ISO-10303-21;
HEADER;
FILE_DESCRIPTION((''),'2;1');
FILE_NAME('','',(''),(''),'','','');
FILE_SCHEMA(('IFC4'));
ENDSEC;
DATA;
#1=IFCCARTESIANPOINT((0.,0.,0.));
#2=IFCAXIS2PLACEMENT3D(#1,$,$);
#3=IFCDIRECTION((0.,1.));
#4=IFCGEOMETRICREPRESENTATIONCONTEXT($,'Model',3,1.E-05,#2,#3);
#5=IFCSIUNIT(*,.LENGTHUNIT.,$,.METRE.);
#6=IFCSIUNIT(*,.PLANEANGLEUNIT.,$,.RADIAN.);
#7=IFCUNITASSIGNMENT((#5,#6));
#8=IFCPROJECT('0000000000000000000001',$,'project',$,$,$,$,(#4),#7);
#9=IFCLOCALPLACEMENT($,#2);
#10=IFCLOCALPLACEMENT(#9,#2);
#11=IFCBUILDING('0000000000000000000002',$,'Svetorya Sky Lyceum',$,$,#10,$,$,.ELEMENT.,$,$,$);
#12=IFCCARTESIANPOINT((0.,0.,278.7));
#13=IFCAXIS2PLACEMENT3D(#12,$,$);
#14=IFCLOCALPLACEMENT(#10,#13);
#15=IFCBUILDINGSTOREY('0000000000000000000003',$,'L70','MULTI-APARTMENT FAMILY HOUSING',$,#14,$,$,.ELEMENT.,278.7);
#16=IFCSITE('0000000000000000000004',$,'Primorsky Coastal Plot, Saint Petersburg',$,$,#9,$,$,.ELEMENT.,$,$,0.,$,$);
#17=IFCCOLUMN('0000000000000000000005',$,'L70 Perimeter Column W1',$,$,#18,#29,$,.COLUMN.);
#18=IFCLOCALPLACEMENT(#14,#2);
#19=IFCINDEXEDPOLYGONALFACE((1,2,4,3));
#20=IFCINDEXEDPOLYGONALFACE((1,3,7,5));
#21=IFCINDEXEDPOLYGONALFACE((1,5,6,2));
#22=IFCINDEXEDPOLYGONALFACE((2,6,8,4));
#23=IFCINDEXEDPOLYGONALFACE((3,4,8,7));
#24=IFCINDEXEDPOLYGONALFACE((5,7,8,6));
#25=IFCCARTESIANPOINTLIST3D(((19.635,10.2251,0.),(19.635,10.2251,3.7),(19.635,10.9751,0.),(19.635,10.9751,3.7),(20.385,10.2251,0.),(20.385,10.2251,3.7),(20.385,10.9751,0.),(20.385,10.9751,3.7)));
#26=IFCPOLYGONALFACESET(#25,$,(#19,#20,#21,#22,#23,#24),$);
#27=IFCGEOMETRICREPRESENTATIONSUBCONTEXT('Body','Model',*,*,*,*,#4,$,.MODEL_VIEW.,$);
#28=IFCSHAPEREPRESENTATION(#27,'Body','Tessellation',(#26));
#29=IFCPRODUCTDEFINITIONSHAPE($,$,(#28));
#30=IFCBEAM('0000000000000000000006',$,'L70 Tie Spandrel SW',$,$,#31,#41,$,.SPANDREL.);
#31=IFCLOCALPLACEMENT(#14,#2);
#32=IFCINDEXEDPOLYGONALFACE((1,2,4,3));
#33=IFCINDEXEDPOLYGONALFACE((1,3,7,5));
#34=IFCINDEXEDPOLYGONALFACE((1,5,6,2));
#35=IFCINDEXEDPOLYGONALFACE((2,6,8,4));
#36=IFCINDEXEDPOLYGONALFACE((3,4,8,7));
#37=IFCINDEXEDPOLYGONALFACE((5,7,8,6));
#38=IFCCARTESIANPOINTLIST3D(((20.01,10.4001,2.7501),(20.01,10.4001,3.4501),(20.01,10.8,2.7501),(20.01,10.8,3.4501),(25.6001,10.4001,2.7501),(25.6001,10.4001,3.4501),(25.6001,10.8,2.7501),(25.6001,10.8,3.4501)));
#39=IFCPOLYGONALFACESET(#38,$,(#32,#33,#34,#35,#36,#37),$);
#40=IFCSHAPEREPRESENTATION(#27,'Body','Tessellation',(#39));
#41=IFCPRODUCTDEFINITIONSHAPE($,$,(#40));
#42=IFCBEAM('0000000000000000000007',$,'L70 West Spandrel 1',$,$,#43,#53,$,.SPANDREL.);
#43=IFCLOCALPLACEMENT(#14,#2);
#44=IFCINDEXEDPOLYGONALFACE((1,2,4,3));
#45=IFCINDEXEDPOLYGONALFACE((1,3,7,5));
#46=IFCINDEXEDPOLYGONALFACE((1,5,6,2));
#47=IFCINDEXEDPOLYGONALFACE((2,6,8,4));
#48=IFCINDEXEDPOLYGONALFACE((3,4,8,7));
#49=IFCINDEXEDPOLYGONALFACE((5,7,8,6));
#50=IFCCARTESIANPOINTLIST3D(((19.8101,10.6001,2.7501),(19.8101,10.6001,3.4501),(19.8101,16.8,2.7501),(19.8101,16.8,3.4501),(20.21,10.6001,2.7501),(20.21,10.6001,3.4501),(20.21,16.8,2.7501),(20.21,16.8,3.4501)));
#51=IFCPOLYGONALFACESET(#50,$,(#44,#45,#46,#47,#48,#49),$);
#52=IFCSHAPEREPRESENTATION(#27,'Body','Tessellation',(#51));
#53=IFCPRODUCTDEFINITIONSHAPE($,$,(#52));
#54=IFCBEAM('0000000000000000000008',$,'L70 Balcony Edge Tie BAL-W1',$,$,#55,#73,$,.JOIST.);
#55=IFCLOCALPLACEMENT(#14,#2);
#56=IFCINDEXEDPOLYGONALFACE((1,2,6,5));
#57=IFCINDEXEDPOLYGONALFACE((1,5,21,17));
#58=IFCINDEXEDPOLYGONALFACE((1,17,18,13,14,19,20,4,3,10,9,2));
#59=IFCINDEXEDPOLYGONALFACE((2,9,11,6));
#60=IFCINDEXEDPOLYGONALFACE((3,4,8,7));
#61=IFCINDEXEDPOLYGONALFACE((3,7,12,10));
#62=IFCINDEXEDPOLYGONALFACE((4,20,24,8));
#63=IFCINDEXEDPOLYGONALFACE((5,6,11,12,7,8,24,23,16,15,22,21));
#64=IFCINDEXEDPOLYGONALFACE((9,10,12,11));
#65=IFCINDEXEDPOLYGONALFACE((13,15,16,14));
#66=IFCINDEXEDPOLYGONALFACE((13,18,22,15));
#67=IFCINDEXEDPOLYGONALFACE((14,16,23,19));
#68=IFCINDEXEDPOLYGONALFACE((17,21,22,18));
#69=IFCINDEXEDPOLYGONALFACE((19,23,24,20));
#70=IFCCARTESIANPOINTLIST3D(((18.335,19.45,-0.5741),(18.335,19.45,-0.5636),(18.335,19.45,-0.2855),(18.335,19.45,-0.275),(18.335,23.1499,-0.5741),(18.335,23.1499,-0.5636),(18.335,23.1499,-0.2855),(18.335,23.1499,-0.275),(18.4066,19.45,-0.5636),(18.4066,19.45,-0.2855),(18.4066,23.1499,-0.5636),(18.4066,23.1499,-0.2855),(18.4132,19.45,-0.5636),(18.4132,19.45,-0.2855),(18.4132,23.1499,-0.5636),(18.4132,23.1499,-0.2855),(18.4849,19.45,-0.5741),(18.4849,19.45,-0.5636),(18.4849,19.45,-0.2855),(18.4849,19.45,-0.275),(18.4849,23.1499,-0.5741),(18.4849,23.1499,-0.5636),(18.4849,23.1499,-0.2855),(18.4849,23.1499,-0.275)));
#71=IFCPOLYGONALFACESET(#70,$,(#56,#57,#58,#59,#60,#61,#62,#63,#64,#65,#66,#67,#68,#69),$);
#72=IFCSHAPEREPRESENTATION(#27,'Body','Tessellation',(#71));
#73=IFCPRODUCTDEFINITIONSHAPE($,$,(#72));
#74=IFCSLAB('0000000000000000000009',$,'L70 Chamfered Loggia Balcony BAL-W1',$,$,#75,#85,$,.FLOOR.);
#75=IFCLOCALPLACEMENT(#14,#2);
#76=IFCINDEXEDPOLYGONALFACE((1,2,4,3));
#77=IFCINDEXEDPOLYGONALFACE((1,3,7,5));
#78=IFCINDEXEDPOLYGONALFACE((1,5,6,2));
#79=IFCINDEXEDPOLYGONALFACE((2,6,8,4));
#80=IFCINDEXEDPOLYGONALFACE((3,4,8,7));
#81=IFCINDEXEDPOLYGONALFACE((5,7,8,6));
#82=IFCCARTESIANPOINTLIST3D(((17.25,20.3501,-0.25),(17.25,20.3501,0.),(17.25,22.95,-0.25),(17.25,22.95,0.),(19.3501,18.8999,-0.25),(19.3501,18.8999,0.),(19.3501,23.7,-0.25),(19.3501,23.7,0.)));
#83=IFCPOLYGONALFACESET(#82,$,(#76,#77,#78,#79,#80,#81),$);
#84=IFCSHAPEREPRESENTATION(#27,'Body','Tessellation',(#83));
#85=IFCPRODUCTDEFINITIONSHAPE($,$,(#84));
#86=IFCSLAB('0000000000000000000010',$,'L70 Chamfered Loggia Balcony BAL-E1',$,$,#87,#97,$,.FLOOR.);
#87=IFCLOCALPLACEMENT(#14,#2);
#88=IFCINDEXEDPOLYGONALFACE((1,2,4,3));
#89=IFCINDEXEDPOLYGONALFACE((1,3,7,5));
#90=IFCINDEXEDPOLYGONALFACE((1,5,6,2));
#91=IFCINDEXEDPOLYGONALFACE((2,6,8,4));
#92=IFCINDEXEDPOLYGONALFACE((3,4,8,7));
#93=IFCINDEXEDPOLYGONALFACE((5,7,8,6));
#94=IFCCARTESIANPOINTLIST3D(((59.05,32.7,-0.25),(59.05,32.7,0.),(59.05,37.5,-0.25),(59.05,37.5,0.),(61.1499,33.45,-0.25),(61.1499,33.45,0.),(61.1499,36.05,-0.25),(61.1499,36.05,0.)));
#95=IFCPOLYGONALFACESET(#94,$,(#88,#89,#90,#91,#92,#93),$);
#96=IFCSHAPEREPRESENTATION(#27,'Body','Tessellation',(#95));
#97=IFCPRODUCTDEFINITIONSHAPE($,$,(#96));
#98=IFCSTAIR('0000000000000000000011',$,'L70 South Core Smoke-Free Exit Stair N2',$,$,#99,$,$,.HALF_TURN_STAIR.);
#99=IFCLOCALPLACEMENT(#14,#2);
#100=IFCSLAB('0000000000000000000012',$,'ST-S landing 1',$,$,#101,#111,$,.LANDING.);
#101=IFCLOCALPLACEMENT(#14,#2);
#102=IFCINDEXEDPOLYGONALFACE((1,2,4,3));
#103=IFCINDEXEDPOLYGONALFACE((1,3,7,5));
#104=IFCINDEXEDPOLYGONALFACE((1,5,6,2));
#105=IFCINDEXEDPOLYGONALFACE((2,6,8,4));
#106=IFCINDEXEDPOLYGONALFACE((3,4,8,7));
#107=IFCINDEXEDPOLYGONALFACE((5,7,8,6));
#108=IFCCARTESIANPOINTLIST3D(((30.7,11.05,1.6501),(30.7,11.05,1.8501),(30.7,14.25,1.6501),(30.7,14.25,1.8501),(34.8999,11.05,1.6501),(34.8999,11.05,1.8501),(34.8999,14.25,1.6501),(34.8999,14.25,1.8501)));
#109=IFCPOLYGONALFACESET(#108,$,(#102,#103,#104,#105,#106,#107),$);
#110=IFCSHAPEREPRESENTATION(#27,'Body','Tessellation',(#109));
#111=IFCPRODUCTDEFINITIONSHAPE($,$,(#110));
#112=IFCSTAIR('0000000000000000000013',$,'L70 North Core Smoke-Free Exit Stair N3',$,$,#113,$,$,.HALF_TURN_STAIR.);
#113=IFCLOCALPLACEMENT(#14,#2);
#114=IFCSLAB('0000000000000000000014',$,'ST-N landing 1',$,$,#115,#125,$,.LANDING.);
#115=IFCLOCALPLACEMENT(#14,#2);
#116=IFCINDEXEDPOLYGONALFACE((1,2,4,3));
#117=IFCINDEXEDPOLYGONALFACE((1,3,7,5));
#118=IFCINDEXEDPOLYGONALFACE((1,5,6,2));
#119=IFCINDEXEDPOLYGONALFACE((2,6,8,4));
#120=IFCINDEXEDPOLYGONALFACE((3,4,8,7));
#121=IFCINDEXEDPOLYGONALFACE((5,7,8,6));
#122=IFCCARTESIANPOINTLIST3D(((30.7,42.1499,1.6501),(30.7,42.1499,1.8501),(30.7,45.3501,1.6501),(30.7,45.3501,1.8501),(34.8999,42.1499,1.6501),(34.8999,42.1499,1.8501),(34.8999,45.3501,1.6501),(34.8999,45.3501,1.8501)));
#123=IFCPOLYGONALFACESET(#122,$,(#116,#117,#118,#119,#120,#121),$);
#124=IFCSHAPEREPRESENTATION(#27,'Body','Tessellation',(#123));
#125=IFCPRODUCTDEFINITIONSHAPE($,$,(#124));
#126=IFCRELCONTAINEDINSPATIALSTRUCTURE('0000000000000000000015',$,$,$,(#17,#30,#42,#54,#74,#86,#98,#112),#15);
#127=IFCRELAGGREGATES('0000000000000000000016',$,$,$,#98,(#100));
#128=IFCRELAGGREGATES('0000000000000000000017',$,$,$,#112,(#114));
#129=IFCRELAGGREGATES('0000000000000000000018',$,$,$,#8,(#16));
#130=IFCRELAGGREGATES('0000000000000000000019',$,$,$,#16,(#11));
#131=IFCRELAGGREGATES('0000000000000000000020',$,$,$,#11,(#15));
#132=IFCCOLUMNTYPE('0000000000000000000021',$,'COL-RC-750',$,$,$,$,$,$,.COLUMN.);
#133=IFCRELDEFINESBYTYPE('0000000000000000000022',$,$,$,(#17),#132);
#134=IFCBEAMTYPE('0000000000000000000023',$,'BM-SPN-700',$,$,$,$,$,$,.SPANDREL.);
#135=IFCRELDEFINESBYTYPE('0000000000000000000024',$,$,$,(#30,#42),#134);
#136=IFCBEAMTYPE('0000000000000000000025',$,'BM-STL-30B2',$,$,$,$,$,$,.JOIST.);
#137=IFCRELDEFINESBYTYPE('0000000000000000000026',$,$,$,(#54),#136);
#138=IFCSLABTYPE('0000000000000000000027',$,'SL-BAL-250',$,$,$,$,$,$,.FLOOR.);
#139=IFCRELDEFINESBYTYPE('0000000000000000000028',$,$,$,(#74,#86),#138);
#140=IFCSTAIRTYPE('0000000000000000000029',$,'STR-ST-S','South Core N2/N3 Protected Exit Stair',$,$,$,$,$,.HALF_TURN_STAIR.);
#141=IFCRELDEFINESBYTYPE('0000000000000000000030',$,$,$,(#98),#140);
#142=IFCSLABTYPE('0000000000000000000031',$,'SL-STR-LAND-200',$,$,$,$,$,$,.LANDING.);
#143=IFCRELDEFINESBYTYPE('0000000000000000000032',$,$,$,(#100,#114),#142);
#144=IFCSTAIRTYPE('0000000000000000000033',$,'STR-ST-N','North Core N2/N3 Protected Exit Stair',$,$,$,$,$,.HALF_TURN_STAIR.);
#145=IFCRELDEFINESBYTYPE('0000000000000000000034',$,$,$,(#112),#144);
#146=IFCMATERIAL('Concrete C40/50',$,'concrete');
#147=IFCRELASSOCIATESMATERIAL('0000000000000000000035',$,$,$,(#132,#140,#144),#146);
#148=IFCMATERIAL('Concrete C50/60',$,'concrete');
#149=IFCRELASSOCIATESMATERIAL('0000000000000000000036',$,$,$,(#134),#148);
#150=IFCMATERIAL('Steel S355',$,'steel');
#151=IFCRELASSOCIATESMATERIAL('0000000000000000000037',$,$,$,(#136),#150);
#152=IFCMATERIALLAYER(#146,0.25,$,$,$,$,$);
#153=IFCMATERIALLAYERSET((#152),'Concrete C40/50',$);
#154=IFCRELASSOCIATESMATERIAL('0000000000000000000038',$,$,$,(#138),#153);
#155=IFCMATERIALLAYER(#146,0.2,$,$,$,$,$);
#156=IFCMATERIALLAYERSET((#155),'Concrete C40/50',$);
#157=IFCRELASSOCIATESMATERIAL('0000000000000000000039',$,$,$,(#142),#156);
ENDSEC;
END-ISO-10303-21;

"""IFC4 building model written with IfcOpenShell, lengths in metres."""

from ifc_helpers import new_model, si_unit, direction, frame, origin, origin_2d, place, context, subcontext, project, spatial, polyline, rectangle, i_section, outline, extrude, material, layer, layer_set, material_profile, profile_set, type_object, element, aggregate, save


model = new_model("IFC4")

# Units and contexts
model_context = context("Model", 3, precision=1e-05, world=origin(), true_north=direction((0.0, 1.0)))
body_context = subcontext(model_context, "Body", "Model", "MODEL_VIEW")
ifc_project = project(units=[si_unit("LENGTHUNIT", "METRE"), si_unit("PLANEANGLEUNIT", "RADIAN")], contexts=[model_context])

# Site, building, storey
site_placement = place(None, origin())
site = spatial("IfcSite", under=ifc_project, at=site_placement, Name="Primorsky Coastal Plot, Saint Petersburg", CompositionType="ELEMENT", RefElevation=0.0)
building_placement = place(site_placement, origin())
building = spatial("IfcBuilding", under=site, at=building_placement, Name="Svetorya Sky Lyceum", CompositionType="ELEMENT")
storey_placement = place(building_placement, frame((0.0, 0.0, 278.7)))
storey = spatial("IfcBuildingStorey", under=building, at=storey_placement, Name="L70", Description="MULTI-APARTMENT FAMILY HOUSING", CompositionType="ELEMENT", Elevation=278.7)

# Column
ifc_material_1 = material(Name="Concrete C40/50", Category="concrete")
ifc_material_profile_1 = material_profile(ifc_material_1, rectangle(XDim=0.75, YDim=0.75, at=origin_2d()), Name="RC COL 750x750")
ifc_profile_set_1 = profile_set([ifc_material_profile_1], Name="Concrete C40/50")
column_type = type_object("IfcColumnType", Name="COL-RC-750", PredefinedType="COLUMN", material=ifc_profile_set_1)
column_placement = place(storey_placement, frame((20.01, 10.6001, 0.0), z_axis=(0.0, 0.0, 1.0), x_axis=(1.0, 0.0, 0.0)))
element("IfcColumn", 1, at=column_placement, inside=storey, type_object=column_type, Name="L70 Perimeter Column W1", PredefinedType="COLUMN", context=body_context, shape_type="SweptSolid", body=[
    extrude(rectangle(XDim=0.75, YDim=0.75, at=origin_2d()), origin(), (0.0, 0.0, 1.0), 3.7),
])

# Beams
ifc_material_2 = material(Name="Concrete C50/60", Category="concrete")
ifc_material_profile_2 = material_profile(ifc_material_2, rectangle(XDim=0.3999, YDim=0.7, at=origin_2d()), Name="RC SPANDREL 400x700")
ifc_profile_set_2 = profile_set([ifc_material_profile_2], Name="Concrete C50/60")
beam_type_1 = type_object("IfcBeamType", Name="BM-SPN-700", PredefinedType="SPANDREL", material=ifc_profile_set_2)
beam_1_placement = place(storey_placement, frame((20.01, 10.6001, 3.1001), z_axis=(1.0, 0.0, 0.0), x_axis=(0.0, 1.0, 0.0)))
element("IfcBeam", 2, at=beam_1_placement, inside=storey, type_object=beam_type_1, Name="L70 Tie Spandrel SW", PredefinedType="SPANDREL", context=body_context, shape_type="SweptSolid", body=[
    extrude(rectangle(XDim=0.3999, YDim=0.7, at=origin_2d()), origin(), (0.0, 0.0, 1.0), 5.5901),
])
beam_2_placement = place(storey_placement, frame((20.01, 10.6001, 3.1001), z_axis=(0.0, 1.0, 0.0), x_axis=(-1.0, 0.0, 0.0)))
element("IfcBeam", 3, at=beam_2_placement, inside=storey, type_object=beam_type_1, Name="L70 West Spandrel 1", PredefinedType="SPANDREL", context=body_context, shape_type="SweptSolid", body=[
    extrude(rectangle(XDim=0.3999, YDim=0.7, at=origin_2d()), origin(), (0.0, 0.0, 1.0), 6.2),
])
ifc_material_3 = material(Name="Steel S355", Category="steel")
ifc_material_profile_3 = material_profile(ifc_material_3, i_section(OverallWidth=0.1499, OverallDepth=0.2991, WebThickness=0.0066, FlangeThickness=0.0105, at=origin_2d()), Name="GOST 30B2")
ifc_profile_set_3 = profile_set([ifc_material_profile_3], Name="Steel S355")
beam_type_2 = type_object("IfcBeamType", Name="BM-STL-30B2", PredefinedType="JOIST", material=ifc_profile_set_3)
beam_3_placement = place(storey_placement, frame((18.4099, 19.45, -0.4246), z_axis=(0.0, 1.0, 0.0), x_axis=(-1.0, 0.0, 0.0)))
element("IfcBeam", 4, at=beam_3_placement, inside=storey, type_object=beam_type_2, Name="L70 Balcony Edge Tie BAL-W1", PredefinedType="JOIST", context=body_context, shape_type="SweptSolid", body=[
    extrude(i_section(OverallWidth=0.1499, OverallDepth=0.2991, WebThickness=0.0066, FlangeThickness=0.0105, at=origin_2d()), origin(), (0.0, 0.0, 1.0), 3.7),
])

# Slabs
ifc_layer_1 = layer(ifc_material_1, 0.25)
ifc_layer_set_1 = layer_set([ifc_layer_1], Name="Concrete C40/50")
slab_type_1 = type_object("IfcSlabType", Name="SL-BAL-250", PredefinedType="FLOOR", material=ifc_layer_set_1)
slab_1_placement = place(storey_placement, frame((0.0, 0.0, -0.25)))
element("IfcSlab", 5, at=slab_1_placement, inside=storey, type_object=slab_type_1, Name="L70 Chamfered Loggia Balcony BAL-W1", PredefinedType="FLOOR", context=body_context, shape_type="SweptSolid", body=[
    extrude(outline(polyline([(19.3501, 18.8999), (19.3501, 23.7), (17.25, 22.95), (17.25, 20.3501), (19.3501, 18.8999)])), origin(), (0.0, 0.0, 1.0), 0.25),
])
slab_2_placement = place(storey_placement, frame((0.0, 0.0, -0.25)))
element("IfcSlab", 6, at=slab_2_placement, inside=storey, type_object=slab_type_1, Name="L70 Chamfered Loggia Balcony BAL-E1", PredefinedType="FLOOR", context=body_context, shape_type="SweptSolid", body=[
    extrude(outline(polyline([(59.05, 32.7), (61.1499, 33.45), (61.1499, 36.05), (59.05, 37.5), (59.05, 32.7)])), origin(), (0.0, 0.0, 1.0), 0.25),
])

# Stairs, slabs
stair_type_1 = type_object("IfcStairType", Name="STR-ST-S", Description="South Core N2/N3 Protected Exit Stair", PredefinedType="HALF_TURN_STAIR", material=ifc_material_1)
stair_1_placement = place(storey_placement, origin())
stair_1 = element("IfcStair", 7, at=stair_1_placement, inside=storey, type_object=stair_type_1, Name="L70 South Core Smoke-Free Exit Stair N2", PredefinedType="HALF_TURN_STAIR")
ifc_layer_2 = layer(ifc_material_1, 0.2)
ifc_layer_set_2 = layer_set([ifc_layer_2], Name="Concrete C40/50")
slab_type_2 = type_object("IfcSlabType", Name="SL-STR-LAND-200", PredefinedType="LANDING", material=ifc_layer_set_2)
slab_3_placement = place(storey_placement, frame((0.0, 0.0, 1.6501)))
slab_3 = element("IfcSlab", 8, at=slab_3_placement, type_object=slab_type_2, Name="ST-S landing 1", PredefinedType="LANDING", context=body_context, shape_type="SweptSolid", body=[
    extrude(outline(polyline([(30.7, 11.05), (34.8999, 11.05), (34.8999, 14.25), (30.7, 14.25), (30.7, 11.05)])), origin(), (0.0, 0.0, 1.0), 0.2),
])
aggregate(stair_1, [slab_3])
stair_type_2 = type_object("IfcStairType", Name="STR-ST-N", Description="North Core N2/N3 Protected Exit Stair", PredefinedType="HALF_TURN_STAIR", material=ifc_material_1)
stair_2_placement = place(storey_placement, origin())
stair_2 = element("IfcStair", 9, at=stair_2_placement, inside=storey, type_object=stair_type_2, Name="L70 North Core Smoke-Free Exit Stair N3", PredefinedType="HALF_TURN_STAIR")
slab_4_placement = place(storey_placement, frame((0.0, 0.0, 1.6501)))
slab_4 = element("IfcSlab", 10, at=slab_4_placement, type_object=slab_type_2, Name="ST-N landing 1", PredefinedType="LANDING", context=body_context, shape_type="SweptSolid", body=[
    extrude(outline(polyline([(30.7, 42.1499), (34.8999, 42.1499), (34.8999, 45.3501), (30.7, 45.3501), (30.7, 42.1499)])), origin(), (0.0, 0.0, 1.0), 0.2),
])
aggregate(stair_2, [slab_4])

save(model, "model.ifc")
